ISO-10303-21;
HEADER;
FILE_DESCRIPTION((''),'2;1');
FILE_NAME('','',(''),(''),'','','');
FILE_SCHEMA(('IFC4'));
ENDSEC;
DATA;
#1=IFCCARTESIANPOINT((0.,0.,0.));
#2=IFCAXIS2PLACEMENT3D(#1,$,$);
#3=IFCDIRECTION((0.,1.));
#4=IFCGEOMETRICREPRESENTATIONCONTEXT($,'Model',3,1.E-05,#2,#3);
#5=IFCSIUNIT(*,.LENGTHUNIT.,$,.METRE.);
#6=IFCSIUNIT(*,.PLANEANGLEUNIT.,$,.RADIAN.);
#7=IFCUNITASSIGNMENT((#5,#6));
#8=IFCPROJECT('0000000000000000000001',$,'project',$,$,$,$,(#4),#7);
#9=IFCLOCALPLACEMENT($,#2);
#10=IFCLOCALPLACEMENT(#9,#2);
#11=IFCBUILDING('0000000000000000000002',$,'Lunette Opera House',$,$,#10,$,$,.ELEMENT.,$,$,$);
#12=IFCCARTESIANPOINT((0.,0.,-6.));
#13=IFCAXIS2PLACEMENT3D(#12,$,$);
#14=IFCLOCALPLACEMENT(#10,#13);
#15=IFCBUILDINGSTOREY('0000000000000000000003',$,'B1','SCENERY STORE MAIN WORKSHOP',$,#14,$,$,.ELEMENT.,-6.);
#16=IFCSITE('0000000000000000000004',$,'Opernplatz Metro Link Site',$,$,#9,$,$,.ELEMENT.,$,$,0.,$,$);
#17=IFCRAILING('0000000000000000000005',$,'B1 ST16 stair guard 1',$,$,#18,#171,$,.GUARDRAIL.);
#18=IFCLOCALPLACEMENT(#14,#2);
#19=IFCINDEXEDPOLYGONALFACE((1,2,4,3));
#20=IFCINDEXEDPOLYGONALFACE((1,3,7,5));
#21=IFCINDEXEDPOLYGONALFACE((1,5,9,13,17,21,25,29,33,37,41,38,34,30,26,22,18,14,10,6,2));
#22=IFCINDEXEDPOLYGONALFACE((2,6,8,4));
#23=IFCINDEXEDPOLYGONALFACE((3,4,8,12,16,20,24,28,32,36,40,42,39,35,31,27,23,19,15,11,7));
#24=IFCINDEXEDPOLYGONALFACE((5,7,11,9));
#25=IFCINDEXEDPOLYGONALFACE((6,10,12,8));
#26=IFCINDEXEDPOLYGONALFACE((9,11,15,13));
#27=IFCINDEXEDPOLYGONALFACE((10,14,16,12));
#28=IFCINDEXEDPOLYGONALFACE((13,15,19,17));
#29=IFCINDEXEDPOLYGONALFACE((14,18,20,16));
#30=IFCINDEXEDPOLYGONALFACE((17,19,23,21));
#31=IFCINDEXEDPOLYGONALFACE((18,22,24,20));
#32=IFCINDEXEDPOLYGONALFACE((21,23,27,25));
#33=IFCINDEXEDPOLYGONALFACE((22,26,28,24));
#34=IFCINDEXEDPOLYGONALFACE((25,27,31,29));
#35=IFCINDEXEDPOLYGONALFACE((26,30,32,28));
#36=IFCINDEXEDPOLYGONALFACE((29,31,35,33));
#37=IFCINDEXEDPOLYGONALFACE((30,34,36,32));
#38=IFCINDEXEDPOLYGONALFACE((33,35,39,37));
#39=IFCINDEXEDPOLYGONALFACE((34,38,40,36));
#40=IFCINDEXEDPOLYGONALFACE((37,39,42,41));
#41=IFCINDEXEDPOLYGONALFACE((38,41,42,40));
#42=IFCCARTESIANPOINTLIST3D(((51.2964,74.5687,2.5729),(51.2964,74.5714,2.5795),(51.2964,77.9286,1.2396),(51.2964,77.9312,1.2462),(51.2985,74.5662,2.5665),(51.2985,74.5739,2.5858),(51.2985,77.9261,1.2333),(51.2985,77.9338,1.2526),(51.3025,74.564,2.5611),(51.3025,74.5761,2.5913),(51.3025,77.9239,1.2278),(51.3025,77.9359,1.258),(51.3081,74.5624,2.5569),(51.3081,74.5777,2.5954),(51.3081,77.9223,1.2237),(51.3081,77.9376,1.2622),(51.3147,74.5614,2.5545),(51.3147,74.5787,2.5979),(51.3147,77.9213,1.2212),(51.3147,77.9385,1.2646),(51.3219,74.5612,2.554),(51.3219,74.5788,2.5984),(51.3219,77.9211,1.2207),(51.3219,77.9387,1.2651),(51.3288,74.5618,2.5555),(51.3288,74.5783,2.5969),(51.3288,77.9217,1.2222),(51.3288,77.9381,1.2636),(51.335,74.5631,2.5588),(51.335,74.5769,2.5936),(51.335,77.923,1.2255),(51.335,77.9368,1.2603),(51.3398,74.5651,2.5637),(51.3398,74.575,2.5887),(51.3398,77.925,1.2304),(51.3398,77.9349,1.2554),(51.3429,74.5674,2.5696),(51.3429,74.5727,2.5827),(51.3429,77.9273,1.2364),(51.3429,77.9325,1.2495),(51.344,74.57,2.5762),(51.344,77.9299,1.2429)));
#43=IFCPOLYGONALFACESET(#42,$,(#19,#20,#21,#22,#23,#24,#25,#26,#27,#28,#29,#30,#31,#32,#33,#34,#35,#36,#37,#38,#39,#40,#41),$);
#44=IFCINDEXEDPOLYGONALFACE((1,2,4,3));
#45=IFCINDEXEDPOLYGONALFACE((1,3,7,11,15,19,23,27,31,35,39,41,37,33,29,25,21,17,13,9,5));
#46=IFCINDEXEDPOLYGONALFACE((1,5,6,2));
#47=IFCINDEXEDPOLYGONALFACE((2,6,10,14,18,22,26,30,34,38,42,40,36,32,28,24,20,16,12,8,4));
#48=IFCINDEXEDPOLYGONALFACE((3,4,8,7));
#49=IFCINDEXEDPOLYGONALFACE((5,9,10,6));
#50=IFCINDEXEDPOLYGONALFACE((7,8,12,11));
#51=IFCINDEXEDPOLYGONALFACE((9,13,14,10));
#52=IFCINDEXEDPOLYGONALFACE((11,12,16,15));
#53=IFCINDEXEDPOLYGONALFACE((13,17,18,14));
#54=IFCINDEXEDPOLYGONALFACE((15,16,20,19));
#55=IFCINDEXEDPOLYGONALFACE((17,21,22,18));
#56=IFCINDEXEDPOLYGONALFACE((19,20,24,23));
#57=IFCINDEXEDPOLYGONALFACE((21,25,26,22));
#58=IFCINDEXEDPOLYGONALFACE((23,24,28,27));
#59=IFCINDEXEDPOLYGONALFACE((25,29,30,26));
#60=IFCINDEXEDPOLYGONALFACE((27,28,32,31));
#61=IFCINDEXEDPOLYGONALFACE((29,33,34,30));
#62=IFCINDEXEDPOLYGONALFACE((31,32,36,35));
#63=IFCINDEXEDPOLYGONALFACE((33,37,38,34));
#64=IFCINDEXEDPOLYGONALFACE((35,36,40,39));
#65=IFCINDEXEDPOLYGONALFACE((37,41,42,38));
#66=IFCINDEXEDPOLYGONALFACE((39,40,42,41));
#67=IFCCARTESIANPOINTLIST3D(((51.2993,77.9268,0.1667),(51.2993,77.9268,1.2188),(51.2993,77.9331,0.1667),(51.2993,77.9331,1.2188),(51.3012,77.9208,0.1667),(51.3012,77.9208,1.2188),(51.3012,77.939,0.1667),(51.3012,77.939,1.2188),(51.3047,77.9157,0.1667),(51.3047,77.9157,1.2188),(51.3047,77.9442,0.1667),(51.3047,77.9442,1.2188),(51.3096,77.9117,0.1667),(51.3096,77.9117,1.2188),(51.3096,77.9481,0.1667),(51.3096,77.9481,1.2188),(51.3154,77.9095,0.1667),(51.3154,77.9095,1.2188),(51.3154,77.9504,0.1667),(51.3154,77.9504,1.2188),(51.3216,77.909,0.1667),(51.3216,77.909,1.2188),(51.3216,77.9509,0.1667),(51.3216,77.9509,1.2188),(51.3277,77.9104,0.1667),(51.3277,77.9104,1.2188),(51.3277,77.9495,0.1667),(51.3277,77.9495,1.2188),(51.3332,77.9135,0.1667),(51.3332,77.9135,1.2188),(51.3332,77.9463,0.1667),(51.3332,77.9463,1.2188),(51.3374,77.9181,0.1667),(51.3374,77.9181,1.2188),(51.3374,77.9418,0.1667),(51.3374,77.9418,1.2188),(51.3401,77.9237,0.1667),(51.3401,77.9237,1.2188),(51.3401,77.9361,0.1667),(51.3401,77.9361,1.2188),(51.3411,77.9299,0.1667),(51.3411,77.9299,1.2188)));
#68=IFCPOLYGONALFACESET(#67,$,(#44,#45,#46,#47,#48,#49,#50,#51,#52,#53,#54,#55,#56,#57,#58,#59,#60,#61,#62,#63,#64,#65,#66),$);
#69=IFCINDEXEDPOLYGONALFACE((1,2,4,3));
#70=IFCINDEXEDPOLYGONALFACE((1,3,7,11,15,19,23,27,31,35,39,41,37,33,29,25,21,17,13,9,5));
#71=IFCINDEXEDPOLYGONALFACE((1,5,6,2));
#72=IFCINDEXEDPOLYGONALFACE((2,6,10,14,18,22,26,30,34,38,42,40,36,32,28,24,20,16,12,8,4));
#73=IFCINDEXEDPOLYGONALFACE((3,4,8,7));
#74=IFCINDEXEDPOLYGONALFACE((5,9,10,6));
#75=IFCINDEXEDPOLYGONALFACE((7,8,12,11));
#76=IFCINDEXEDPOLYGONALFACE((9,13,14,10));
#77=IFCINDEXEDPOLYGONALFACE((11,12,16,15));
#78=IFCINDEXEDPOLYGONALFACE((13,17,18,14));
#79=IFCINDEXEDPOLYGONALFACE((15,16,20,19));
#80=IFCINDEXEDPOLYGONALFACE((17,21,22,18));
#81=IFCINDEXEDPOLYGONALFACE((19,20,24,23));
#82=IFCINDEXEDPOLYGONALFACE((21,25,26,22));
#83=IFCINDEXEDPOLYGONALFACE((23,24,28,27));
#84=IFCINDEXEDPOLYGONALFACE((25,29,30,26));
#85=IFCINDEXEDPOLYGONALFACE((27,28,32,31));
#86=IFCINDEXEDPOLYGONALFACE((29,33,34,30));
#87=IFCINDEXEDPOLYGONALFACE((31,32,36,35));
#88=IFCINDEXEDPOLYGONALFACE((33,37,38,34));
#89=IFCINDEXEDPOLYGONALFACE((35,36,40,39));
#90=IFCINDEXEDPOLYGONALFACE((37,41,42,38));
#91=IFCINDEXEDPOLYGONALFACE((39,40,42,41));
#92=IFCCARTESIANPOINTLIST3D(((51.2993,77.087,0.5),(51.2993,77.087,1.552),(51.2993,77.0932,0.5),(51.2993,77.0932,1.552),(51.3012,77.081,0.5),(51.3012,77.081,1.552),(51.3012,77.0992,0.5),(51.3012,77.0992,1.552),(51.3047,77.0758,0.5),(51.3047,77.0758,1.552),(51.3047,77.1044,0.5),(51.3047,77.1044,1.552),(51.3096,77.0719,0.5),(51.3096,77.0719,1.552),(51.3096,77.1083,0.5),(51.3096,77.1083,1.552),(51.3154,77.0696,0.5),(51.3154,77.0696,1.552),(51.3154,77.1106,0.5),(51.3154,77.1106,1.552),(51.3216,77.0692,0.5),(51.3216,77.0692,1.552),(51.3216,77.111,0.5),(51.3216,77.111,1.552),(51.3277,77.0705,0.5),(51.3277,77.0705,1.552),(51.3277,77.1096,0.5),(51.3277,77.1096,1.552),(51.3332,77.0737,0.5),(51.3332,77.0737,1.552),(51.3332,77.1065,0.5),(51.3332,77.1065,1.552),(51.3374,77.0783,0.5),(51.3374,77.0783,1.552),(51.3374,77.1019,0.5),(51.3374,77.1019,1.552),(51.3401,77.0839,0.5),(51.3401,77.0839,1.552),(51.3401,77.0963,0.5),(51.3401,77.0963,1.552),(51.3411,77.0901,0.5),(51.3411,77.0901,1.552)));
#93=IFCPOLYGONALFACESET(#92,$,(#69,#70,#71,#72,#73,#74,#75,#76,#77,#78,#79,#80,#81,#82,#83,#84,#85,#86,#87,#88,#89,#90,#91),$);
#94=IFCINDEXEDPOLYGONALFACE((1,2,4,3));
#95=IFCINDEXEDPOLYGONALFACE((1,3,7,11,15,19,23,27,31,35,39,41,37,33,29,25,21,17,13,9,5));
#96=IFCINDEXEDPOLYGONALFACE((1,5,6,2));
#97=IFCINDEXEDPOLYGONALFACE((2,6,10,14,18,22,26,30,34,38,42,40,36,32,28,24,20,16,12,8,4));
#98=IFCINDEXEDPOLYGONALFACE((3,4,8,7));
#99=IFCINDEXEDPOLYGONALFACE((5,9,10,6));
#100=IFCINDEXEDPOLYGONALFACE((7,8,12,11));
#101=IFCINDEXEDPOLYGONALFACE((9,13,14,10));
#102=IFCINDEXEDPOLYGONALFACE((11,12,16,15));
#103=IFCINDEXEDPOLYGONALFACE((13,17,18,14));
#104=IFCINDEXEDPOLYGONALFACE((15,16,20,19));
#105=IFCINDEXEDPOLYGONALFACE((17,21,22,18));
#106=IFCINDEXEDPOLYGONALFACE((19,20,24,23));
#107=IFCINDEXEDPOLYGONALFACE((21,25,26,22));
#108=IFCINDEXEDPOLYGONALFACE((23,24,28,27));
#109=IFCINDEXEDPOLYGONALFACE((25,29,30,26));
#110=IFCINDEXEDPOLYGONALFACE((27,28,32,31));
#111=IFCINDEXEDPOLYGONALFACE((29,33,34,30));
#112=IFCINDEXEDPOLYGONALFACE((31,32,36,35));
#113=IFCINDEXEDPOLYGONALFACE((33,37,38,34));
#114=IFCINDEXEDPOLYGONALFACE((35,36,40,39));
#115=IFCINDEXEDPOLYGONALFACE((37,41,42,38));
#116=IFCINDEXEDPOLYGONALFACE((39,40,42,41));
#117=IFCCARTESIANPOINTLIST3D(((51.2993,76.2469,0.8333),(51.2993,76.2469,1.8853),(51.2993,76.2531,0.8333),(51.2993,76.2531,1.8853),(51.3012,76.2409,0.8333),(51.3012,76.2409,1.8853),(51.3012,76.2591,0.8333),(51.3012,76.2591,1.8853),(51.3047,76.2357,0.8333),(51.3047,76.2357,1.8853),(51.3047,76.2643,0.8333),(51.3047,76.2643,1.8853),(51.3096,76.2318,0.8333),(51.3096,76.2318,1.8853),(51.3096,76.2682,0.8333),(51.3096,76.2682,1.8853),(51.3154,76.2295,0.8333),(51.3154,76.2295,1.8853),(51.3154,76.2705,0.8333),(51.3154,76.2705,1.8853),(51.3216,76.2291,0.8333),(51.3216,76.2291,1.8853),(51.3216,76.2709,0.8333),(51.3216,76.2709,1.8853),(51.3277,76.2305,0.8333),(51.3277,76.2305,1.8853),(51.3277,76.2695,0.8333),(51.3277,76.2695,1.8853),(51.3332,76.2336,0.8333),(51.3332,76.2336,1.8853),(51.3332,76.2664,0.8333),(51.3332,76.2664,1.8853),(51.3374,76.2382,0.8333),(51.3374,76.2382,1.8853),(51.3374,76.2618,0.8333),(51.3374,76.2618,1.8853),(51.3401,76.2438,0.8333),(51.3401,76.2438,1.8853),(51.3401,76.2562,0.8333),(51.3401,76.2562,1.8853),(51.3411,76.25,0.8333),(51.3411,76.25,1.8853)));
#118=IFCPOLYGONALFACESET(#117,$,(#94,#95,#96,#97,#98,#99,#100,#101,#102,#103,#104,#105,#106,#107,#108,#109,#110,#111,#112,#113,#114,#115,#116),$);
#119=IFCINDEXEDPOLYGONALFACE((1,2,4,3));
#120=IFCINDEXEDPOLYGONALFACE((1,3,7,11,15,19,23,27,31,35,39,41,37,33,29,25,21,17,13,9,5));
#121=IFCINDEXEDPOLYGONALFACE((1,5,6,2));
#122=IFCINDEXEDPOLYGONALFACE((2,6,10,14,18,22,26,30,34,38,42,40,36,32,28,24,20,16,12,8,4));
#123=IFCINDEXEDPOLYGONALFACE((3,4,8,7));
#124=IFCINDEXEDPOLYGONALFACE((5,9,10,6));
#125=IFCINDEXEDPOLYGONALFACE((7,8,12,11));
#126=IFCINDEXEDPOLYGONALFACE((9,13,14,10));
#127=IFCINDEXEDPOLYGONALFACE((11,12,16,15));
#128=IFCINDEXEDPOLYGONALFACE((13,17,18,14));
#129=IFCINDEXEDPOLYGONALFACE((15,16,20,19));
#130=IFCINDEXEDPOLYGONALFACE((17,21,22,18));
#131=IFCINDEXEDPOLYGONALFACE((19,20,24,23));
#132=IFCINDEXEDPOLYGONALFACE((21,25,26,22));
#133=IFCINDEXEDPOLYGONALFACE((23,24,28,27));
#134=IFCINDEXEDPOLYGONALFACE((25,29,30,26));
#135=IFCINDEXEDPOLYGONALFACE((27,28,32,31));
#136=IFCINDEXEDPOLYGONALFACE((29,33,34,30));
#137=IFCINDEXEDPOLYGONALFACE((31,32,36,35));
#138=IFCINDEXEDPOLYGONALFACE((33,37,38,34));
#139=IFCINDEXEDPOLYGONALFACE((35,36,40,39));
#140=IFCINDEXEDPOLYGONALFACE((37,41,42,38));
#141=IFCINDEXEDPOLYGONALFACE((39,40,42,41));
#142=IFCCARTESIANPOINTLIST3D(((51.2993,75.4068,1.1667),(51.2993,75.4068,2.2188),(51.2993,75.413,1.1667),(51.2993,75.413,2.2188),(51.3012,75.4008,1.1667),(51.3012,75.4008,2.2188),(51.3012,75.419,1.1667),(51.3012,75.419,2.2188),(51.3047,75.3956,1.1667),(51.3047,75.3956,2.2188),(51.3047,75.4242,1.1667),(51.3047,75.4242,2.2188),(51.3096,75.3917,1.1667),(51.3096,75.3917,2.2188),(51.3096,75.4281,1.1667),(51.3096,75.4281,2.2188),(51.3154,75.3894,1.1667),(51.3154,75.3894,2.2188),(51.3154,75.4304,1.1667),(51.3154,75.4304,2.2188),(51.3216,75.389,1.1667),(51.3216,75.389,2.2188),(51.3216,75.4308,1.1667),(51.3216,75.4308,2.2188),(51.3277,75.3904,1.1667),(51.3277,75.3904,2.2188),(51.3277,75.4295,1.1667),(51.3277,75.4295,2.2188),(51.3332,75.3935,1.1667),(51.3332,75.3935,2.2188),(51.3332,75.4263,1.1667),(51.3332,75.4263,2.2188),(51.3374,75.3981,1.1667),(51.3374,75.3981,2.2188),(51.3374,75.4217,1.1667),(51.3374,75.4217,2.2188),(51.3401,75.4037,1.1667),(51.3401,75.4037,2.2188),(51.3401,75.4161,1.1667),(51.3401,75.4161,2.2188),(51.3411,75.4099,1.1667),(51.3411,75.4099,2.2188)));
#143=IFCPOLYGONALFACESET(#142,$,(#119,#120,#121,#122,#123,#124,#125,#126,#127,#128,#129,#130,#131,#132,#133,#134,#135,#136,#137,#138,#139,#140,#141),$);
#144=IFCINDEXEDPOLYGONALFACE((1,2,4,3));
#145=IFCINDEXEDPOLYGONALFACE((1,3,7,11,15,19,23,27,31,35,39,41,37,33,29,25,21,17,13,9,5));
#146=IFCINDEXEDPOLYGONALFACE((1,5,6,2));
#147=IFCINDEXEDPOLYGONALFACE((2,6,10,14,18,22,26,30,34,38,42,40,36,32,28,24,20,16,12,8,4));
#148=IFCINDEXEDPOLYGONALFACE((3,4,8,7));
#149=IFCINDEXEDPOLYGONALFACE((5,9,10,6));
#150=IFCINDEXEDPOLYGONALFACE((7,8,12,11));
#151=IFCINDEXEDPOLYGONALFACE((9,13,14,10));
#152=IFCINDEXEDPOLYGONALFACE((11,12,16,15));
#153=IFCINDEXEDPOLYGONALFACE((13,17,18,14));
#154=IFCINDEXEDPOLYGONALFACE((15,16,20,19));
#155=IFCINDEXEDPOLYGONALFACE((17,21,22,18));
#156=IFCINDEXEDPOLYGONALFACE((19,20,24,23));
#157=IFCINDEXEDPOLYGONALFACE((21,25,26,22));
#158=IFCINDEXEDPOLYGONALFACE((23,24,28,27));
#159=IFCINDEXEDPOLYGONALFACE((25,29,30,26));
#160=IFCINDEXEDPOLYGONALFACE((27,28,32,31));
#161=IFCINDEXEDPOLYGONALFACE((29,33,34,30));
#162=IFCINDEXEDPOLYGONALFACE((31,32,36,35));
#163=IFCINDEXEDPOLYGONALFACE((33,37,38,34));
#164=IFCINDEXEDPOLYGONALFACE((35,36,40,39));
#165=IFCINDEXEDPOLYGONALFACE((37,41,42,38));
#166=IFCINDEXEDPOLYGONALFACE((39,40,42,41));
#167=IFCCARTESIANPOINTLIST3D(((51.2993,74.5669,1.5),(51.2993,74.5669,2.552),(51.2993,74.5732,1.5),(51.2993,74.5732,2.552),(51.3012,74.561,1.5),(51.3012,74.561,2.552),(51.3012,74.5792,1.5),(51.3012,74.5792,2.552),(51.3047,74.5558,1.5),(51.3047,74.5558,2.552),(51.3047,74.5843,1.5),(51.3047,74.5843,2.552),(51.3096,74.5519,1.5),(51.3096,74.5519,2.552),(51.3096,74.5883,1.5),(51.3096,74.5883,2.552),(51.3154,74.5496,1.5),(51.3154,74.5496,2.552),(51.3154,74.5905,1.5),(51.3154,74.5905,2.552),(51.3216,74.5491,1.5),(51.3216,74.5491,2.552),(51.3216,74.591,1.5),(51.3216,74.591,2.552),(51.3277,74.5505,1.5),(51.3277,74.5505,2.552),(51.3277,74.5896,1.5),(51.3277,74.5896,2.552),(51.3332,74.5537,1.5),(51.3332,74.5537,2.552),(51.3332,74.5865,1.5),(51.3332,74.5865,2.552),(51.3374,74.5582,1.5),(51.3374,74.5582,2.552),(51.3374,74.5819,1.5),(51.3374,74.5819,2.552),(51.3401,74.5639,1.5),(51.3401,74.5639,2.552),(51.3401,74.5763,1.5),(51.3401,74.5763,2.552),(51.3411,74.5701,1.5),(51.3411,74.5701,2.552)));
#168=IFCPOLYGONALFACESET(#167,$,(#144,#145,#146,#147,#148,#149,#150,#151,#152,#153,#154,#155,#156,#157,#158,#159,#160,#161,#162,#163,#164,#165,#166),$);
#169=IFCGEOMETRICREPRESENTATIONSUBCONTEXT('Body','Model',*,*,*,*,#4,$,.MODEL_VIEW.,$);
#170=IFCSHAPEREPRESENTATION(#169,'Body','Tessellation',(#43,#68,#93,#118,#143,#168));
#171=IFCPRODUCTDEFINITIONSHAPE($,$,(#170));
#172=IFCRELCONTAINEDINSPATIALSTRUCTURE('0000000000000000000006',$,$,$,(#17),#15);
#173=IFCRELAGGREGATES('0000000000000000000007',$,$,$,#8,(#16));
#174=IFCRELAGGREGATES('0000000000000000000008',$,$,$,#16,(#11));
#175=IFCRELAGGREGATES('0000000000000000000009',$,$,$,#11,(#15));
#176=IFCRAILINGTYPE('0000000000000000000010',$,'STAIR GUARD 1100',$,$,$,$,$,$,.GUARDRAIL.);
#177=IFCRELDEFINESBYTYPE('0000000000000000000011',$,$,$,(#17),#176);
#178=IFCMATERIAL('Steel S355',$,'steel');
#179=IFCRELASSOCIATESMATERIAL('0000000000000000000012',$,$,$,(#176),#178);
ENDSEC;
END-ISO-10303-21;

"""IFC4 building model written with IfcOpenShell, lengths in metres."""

from ifc_helpers import new_model, si_unit, direction, frame, origin, origin_2d, place, context, subcontext, project, spatial, circle, extrude, material, type_object, element, save


model = new_model("IFC4")

# Units and contexts
model_context = context("Model", 3, precision=1e-05, world=origin(), true_north=direction((0.0, 1.0)))
body_context = subcontext(model_context, "Body", "Model", "MODEL_VIEW")
ifc_project = project(units=[si_unit("LENGTHUNIT", "METRE"), si_unit("PLANEANGLEUNIT", "RADIAN")], contexts=[model_context])

# Site, building, storey
site_placement = place(None, origin())
site = spatial("IfcSite", under=ifc_project, at=site_placement, Name="Opernplatz Metro Link Site", CompositionType="ELEMENT", RefElevation=0.0)
building_placement = place(site_placement, origin())
building = spatial("IfcBuilding", under=site, at=building_placement, Name="Lunette Opera House", CompositionType="ELEMENT")
storey_placement = place(building_placement, frame((0.0, 0.0, -6.0)))
storey = spatial("IfcBuildingStorey", under=building, at=storey_placement, Name="B1", Description="SCENERY STORE MAIN WORKSHOP", CompositionType="ELEMENT", Elevation=-6.0)

# Railing
ifc_material_1 = material(Name="Steel S355", Category="steel")
railing_type_1 = type_object("IfcRailingType", Name="STAIR GUARD 1100", PredefinedType="GUARDRAIL", material=ifc_material_1)
railing_1_placement = place(storey_placement, frame((51.3201, 77.9299, 0.1667)))
element("IfcRailing", 1, at=railing_1_placement, inside=storey, type_object=railing_type_1, Name="B1 ST16 stair guard 1", PredefinedType="GUARDRAIL", context=body_context, shape_type="SweptSolid", body=[
    extrude(circle(Radius=0.0239, at=origin_2d()), frame((0.0, 0.0, 1.0762), z_axis=(0.0, -0.929493, 0.368839), x_axis=(1.0, 0.0, 0.0)), (0.0, 0.0, 1.0), 3.6147),
    extrude(circle(Radius=0.021, at=origin_2d()), origin(), (0.0, 0.0, 1.0), 1.052),
    extrude(circle(Radius=0.021, at=origin_2d()), frame((0.0, -0.8398, 0.3333)), (0.0, 0.0, 1.0), 1.052),
    extrude(circle(Radius=0.021, at=origin_2d()), frame((0.0, -1.6799, 0.6665)), (0.0, 0.0, 1.0), 1.052),
    extrude(circle(Radius=0.021, at=origin_2d()), frame((0.0, -2.52, 1.0)), (0.0, 0.0, 1.0), 1.052),
    extrude(circle(Radius=0.021, at=origin_2d()), frame((0.0, -3.3599, 1.3333)), (0.0, 0.0, 1.0), 1.052),
])

save(model, "model.ifc")
